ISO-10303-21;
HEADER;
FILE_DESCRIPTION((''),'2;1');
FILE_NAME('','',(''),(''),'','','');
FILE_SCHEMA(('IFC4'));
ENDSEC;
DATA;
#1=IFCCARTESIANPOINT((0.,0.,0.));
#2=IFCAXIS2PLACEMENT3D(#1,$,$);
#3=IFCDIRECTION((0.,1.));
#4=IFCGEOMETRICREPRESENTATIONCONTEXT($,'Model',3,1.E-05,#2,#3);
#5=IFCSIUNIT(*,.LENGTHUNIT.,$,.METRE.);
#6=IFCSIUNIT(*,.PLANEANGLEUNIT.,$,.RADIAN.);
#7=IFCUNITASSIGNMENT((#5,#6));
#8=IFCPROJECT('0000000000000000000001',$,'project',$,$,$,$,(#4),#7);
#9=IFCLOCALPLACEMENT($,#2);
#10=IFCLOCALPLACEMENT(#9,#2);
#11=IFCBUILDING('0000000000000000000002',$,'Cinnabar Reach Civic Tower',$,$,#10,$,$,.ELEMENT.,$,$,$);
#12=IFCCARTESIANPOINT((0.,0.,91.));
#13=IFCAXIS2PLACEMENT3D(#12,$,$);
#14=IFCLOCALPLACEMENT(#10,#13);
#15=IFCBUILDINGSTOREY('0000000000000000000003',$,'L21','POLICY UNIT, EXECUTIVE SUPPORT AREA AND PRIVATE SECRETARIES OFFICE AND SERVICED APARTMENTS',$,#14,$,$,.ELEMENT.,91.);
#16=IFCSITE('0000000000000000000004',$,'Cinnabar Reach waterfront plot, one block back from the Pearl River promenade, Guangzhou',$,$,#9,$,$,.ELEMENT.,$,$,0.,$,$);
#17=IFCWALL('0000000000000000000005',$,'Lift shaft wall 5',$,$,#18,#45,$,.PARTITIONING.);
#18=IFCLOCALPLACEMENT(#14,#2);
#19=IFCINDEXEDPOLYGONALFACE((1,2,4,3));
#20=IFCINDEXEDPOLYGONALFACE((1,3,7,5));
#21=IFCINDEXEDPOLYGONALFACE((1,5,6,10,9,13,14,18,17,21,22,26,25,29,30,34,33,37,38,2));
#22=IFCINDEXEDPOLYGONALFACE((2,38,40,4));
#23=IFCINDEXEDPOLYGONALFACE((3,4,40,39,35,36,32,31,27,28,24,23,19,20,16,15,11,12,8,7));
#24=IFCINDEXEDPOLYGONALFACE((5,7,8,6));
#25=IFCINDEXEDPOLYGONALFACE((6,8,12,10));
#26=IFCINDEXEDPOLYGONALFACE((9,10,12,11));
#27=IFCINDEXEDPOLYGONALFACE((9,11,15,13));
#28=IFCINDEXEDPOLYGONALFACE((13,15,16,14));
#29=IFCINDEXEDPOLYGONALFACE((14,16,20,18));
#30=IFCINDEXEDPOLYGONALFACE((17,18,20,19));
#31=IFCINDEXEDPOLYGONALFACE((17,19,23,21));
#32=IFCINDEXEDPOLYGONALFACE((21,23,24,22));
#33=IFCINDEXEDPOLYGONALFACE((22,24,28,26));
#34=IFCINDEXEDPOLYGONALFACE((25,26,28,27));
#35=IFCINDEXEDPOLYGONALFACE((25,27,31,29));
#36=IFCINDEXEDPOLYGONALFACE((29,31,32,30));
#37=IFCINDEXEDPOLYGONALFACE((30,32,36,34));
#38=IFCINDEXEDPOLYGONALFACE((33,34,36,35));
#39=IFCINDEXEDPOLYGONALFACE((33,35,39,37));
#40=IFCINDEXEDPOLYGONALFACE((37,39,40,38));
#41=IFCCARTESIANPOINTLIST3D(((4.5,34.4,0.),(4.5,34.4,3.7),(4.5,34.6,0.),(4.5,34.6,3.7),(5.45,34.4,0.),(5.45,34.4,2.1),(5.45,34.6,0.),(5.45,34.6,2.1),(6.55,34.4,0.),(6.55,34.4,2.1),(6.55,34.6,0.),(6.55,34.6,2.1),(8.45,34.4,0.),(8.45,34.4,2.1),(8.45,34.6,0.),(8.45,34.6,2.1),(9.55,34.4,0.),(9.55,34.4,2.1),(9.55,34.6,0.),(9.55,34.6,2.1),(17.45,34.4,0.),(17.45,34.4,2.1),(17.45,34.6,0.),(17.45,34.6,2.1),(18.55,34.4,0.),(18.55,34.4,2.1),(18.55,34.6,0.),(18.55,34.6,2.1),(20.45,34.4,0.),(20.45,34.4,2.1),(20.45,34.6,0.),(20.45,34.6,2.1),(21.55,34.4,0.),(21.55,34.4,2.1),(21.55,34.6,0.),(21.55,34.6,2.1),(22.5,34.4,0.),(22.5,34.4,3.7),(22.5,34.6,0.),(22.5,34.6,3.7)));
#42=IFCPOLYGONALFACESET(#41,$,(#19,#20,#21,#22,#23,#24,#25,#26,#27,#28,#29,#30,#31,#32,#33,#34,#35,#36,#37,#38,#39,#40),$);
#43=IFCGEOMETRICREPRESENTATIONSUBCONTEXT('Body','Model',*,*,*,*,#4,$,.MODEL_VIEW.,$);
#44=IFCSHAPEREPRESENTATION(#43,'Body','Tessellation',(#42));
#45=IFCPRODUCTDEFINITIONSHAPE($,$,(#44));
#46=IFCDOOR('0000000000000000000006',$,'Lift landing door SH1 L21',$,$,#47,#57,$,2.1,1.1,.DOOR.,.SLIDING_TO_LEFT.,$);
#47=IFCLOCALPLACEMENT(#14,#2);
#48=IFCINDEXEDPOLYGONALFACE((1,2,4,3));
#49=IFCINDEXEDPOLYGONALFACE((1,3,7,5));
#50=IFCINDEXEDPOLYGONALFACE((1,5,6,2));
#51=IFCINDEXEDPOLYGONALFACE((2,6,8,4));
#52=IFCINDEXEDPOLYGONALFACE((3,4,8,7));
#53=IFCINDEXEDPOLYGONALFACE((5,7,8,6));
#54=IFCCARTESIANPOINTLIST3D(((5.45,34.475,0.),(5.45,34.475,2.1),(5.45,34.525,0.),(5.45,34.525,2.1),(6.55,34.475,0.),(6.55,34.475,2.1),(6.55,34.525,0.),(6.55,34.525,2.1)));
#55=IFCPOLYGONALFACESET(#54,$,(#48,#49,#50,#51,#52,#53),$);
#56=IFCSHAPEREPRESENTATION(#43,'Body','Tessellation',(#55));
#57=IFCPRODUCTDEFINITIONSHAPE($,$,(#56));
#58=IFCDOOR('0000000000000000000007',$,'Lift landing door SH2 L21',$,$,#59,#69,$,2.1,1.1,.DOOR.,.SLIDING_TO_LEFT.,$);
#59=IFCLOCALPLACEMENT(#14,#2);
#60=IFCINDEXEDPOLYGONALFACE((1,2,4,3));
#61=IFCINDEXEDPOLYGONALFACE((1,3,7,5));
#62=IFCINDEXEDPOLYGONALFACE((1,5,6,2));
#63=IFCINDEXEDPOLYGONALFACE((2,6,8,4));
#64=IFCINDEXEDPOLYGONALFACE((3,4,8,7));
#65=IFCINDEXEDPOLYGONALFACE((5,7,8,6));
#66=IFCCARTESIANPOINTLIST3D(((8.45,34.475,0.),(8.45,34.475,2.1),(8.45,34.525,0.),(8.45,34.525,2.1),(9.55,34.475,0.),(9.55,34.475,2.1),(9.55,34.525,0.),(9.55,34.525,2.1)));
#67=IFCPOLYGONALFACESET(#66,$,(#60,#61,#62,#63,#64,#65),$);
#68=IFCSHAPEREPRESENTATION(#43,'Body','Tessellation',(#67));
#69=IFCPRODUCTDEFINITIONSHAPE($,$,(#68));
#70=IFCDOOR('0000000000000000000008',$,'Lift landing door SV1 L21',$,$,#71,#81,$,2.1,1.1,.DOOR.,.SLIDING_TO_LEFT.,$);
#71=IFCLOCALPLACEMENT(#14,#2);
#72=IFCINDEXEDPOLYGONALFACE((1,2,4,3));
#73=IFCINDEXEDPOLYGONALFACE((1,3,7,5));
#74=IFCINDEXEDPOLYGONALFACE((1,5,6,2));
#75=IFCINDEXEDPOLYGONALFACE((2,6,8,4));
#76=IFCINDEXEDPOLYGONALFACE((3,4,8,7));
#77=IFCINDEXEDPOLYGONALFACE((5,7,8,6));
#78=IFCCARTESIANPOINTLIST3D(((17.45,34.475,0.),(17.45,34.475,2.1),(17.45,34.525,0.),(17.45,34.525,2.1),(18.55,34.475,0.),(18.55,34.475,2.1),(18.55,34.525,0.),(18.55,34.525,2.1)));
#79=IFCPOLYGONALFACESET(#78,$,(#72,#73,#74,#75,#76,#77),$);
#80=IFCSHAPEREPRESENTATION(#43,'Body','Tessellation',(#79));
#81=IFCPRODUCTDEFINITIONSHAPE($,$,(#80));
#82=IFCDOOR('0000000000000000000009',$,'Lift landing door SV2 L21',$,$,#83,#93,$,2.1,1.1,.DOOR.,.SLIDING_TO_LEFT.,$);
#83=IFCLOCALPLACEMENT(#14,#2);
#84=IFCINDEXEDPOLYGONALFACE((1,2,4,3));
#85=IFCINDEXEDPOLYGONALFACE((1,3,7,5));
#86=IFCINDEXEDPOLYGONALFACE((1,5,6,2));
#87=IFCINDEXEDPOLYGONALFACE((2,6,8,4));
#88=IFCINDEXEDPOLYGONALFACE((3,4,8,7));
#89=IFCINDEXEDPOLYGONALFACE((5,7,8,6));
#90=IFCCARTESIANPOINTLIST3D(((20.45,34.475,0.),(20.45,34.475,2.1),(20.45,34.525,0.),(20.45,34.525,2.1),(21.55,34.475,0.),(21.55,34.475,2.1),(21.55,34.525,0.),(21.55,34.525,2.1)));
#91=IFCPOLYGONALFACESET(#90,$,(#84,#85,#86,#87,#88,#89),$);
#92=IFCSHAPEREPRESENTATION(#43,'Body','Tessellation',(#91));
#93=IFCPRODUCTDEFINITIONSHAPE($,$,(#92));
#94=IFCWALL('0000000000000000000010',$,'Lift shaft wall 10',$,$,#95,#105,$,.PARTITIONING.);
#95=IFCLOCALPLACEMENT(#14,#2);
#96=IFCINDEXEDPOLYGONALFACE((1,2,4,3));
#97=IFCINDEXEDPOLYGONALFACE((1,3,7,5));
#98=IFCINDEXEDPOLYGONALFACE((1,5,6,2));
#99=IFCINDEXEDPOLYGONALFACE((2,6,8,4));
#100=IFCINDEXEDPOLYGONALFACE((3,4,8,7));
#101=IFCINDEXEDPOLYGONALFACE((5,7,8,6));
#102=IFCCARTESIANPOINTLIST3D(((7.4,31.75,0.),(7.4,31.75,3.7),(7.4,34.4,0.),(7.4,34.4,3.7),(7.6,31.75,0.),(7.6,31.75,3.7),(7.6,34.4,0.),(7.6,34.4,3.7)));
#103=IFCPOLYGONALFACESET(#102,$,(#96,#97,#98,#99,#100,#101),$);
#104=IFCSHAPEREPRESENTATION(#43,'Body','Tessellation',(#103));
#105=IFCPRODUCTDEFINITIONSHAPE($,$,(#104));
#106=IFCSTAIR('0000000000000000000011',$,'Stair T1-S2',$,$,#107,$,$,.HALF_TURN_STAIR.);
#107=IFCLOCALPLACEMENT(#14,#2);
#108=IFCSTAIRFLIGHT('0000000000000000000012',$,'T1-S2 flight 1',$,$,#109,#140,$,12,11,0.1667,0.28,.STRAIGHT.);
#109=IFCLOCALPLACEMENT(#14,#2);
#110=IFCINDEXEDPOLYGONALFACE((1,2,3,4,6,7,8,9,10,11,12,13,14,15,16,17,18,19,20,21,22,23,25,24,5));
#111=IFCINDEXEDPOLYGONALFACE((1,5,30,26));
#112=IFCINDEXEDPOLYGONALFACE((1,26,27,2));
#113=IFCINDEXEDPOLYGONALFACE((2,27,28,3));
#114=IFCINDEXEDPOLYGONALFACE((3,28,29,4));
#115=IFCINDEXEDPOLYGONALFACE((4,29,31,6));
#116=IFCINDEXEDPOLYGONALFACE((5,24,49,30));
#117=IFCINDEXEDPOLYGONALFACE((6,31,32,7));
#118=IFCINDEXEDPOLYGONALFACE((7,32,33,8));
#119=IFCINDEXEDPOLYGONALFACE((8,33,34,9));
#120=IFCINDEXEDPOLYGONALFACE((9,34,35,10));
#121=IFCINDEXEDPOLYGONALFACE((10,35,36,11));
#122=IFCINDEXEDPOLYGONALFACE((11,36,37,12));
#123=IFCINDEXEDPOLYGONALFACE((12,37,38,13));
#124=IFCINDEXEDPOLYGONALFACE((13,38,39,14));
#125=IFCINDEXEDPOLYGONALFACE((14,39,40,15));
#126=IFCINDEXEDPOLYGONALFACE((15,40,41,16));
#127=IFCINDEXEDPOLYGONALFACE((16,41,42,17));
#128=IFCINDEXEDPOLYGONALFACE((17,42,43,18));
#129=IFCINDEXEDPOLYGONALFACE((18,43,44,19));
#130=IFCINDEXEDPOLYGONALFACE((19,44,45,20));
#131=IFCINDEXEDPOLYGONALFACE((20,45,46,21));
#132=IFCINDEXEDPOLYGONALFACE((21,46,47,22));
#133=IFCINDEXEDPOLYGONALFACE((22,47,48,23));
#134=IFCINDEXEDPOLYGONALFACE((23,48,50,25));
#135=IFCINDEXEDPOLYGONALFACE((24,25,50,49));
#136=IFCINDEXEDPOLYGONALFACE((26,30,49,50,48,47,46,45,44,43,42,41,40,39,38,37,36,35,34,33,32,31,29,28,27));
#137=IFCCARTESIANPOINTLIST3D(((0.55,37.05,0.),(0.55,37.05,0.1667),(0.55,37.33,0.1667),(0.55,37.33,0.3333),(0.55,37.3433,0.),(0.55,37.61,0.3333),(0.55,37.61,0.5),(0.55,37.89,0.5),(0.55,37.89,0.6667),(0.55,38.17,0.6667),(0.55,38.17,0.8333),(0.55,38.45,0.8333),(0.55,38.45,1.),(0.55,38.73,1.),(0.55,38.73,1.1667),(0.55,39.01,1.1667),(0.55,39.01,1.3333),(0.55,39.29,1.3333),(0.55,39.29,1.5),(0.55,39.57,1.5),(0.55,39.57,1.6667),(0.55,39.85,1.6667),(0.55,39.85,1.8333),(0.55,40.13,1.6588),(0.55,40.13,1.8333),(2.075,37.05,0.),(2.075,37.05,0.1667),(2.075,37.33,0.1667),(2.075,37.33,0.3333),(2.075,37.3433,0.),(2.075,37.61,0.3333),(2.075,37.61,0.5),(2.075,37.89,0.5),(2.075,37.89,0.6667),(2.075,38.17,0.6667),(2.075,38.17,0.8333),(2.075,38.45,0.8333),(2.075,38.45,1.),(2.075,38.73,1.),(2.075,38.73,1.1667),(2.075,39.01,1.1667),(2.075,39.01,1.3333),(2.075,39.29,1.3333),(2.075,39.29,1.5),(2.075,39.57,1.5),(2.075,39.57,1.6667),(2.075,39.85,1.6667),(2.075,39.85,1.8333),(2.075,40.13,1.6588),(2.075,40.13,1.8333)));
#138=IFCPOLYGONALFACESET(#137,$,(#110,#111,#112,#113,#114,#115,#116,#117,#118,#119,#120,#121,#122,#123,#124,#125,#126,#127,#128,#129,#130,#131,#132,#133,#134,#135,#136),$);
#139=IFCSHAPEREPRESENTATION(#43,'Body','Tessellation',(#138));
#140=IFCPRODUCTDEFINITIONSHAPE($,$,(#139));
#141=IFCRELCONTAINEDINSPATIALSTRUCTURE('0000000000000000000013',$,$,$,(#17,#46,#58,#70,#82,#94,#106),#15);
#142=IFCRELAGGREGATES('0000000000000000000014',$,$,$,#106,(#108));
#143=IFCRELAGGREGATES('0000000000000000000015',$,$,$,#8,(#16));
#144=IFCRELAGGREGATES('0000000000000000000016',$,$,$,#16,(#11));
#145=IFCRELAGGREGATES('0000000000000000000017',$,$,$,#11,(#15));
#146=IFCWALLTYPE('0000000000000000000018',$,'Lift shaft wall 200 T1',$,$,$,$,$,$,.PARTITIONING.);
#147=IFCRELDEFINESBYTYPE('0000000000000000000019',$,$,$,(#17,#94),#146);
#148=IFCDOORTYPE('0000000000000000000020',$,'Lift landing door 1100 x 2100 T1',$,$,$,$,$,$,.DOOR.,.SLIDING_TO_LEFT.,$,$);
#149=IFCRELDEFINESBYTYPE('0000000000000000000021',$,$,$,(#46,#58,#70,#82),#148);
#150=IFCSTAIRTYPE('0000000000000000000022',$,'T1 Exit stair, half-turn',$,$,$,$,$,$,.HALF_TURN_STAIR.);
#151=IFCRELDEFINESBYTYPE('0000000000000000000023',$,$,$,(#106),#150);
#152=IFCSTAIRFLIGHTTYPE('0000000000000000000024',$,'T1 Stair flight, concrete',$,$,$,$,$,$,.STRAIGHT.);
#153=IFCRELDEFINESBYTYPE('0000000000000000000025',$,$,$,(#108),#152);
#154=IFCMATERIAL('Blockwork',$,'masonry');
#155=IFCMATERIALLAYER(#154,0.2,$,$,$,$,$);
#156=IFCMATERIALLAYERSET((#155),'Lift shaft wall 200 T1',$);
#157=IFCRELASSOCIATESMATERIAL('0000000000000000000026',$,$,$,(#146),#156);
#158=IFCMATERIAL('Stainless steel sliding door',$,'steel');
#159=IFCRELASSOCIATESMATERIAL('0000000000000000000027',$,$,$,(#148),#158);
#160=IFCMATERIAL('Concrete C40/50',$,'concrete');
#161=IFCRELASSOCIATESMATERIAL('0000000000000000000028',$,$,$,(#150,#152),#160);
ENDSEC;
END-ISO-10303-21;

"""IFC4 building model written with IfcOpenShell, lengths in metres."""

from ifc_helpers import new_model, si_unit, direction, frame, frame_2d, origin, place, context, subcontext, project, spatial, polyline, rectangle, outline, extrude, material, layer, layer_set, type_object, element, fill, aggregate, save


model = new_model("IFC4")

# Units and contexts
model_context = context("Model", 3, precision=1e-05, world=origin(), true_north=direction((0.0, 1.0)))
body_context = subcontext(model_context, "Body", "Model", "MODEL_VIEW")
ifc_project = project(units=[si_unit("LENGTHUNIT", "METRE"), si_unit("PLANEANGLEUNIT", "RADIAN")], contexts=[model_context])

# Site, building, storey
site_placement = place(None, origin())
site = spatial("IfcSite", under=ifc_project, at=site_placement, Name="Cinnabar Reach waterfront plot, one block back from the Pearl River promenade, Guangzhou", CompositionType="ELEMENT", RefElevation=0.0)
building_placement = place(site_placement, origin())
building = spatial("IfcBuilding", under=site, at=building_placement, Name="Cinnabar Reach Civic Tower", CompositionType="ELEMENT")
storey_placement = place(building_placement, frame((0.0, 0.0, 91.0)))
storey = spatial("IfcBuildingStorey", under=building, at=storey_placement, Name="L21", Description="POLICY UNIT, EXECUTIVE SUPPORT AREA AND PRIVATE SECRETARIES OFFICE AND SERVICED APARTMENTS", CompositionType="ELEMENT", Elevation=91.0)

# Wall, openings, doors
ifc_material_1 = material(Name="Blockwork", Category="masonry")
ifc_layer_1 = layer(ifc_material_1, 0.2)
ifc_layer_set_1 = layer_set([ifc_layer_1], Name="Lift shaft wall 200 T1")
wall_type_1 = type_object("IfcWallType", Name="Lift shaft wall 200 T1", PredefinedType="PARTITIONING", material=ifc_layer_set_1)
wall_1_placement = place(storey_placement, frame((4.5, 34.5, 0.0), z_axis=(0.0, 0.0, 1.0), x_axis=(1.0, 0.0, 0.0)))
wall_1 = element("IfcWall", 1, at=wall_1_placement, inside=storey, type_object=wall_type_1, Name="Lift shaft wall 5", PredefinedType="PARTITIONING", context=body_context, shape_type="SweptSolid", body=[
    extrude(rectangle(XDim=18.0, YDim=0.2, at=frame_2d((9.0, 0.0))), origin(), (0.0, 0.0, 1.0), 3.7),
])
opening_1_placement = place(wall_1_placement, frame((0.95, 0.0, 0.0)))
opening_1 = element("IfcOpeningElement", 2, at=opening_1_placement, cuts=wall_1, PredefinedType="OPENING", context=body_context, shape_type="SweptSolid", body=[
    extrude(rectangle(XDim=1.1, YDim=2.1, at=frame_2d((0.55, 1.05))), frame((0.0, 0.11, 0.0), z_axis=(0.0, -1.0, 0.0), x_axis=(1.0, 0.0, 0.0)), (0.0, 0.0, 1.0), 0.22),
])
opening_2_placement = place(wall_1_placement, frame((3.95, 0.0, 0.0)))
opening_2 = element("IfcOpeningElement", 3, at=opening_2_placement, cuts=wall_1, PredefinedType="OPENING", context=body_context, shape_type="SweptSolid", body=[
    extrude(rectangle(XDim=1.1, YDim=2.1, at=frame_2d((0.55, 1.05))), frame((0.0, 0.11, 0.0), z_axis=(0.0, -1.0, 0.0), x_axis=(1.0, 0.0, 0.0)), (0.0, 0.0, 1.0), 0.22),
])
opening_3_placement = place(wall_1_placement, frame((12.95, 0.0, 0.0)))
opening_3 = element("IfcOpeningElement", 4, at=opening_3_placement, cuts=wall_1, PredefinedType="OPENING", context=body_context, shape_type="SweptSolid", body=[
    extrude(rectangle(XDim=1.1, YDim=2.1, at=frame_2d((0.55, 1.05))), frame((0.0, 0.11, 0.0), z_axis=(0.0, -1.0, 0.0), x_axis=(1.0, 0.0, 0.0)), (0.0, 0.0, 1.0), 0.22),
])
opening_4_placement = place(wall_1_placement, frame((15.95, 0.0, 0.0)))
opening_4 = element("IfcOpeningElement", 5, at=opening_4_placement, cuts=wall_1, PredefinedType="OPENING", context=body_context, shape_type="SweptSolid", body=[
    extrude(rectangle(XDim=1.1, YDim=2.1, at=frame_2d((0.55, 1.05))), frame((0.0, 0.11, 0.0), z_axis=(0.0, -1.0, 0.0), x_axis=(1.0, 0.0, 0.0)), (0.0, 0.0, 1.0), 0.22),
])
ifc_material_2 = material(Name="Stainless steel sliding door", Category="steel")
door_type_1 = type_object("IfcDoorType", Name="Lift landing door 1100 x 2100 T1", OperationType="SLIDING_TO_LEFT", PredefinedType="DOOR", material=ifc_material_2)
door_1_placement = place(opening_1_placement, origin())
door_1 = element("IfcDoor", 6, at=door_1_placement, inside=storey, type_object=door_type_1, Name="Lift landing door SH1 L21", OperationType="SLIDING_TO_LEFT", OverallHeight=2.1, OverallWidth=1.1, PredefinedType="DOOR", context=body_context, shape_type="SweptSolid", body=[
    extrude(rectangle(XDim=1.1, YDim=2.1, at=frame_2d((0.55, 1.05))), frame((0.0, 0.025, 0.0), z_axis=(0.0, -1.0, 0.0), x_axis=(1.0, 0.0, 0.0)), (0.0, 0.0, 1.0), 0.05),
])
fill(opening_1, door_1)
door_2_placement = place(opening_2_placement, origin())
door_2 = element("IfcDoor", 7, at=door_2_placement, inside=storey, type_object=door_type_1, Name="Lift landing door SH2 L21", OperationType="SLIDING_TO_LEFT", OverallHeight=2.1, OverallWidth=1.1, PredefinedType="DOOR", context=body_context, shape_type="SweptSolid", body=[
    extrude(rectangle(XDim=1.1, YDim=2.1, at=frame_2d((0.55, 1.05))), frame((0.0, 0.025, 0.0), z_axis=(0.0, -1.0, 0.0), x_axis=(1.0, 0.0, 0.0)), (0.0, 0.0, 1.0), 0.05),
])
fill(opening_2, door_2)
door_3_placement = place(opening_3_placement, origin())
door_3 = element("IfcDoor", 8, at=door_3_placement, inside=storey, type_object=door_type_1, Name="Lift landing door SV1 L21", OperationType="SLIDING_TO_LEFT", OverallHeight=2.1, OverallWidth=1.1, PredefinedType="DOOR", context=body_context, shape_type="SweptSolid", body=[
    extrude(rectangle(XDim=1.1, YDim=2.1, at=frame_2d((0.55, 1.05))), frame((0.0, 0.025, 0.0), z_axis=(0.0, -1.0, 0.0), x_axis=(1.0, 0.0, 0.0)), (0.0, 0.0, 1.0), 0.05),
])
fill(opening_3, door_3)
door_4_placement = place(opening_4_placement, origin())
door_4 = element("IfcDoor", 9, at=door_4_placement, inside=storey, type_object=door_type_1, Name="Lift landing door SV2 L21", OperationType="SLIDING_TO_LEFT", OverallHeight=2.1, OverallWidth=1.1, PredefinedType="DOOR", context=body_context, shape_type="SweptSolid", body=[
    extrude(rectangle(XDim=1.1, YDim=2.1, at=frame_2d((0.55, 1.05))), frame((0.0, 0.025, 0.0), z_axis=(0.0, -1.0, 0.0), x_axis=(1.0, 0.0, 0.0)), (0.0, 0.0, 1.0), 0.05),
])
fill(opening_4, door_4)

# Wall
wall_2_placement = place(storey_placement, frame((7.5, 31.75, 0.0), z_axis=(0.0, 0.0, 1.0), x_axis=(0.0, 1.0, 0.0)))
element("IfcWall", 10, at=wall_2_placement, inside=storey, type_object=wall_type_1, Name="Lift shaft wall 10", PredefinedType="PARTITIONING", context=body_context, shape_type="SweptSolid", body=[
    extrude(rectangle(XDim=2.65, YDim=0.2, at=frame_2d((1.325, 0.0))), origin(), (0.0, 0.0, 1.0), 3.7),
])

# Stair, stair flight
ifc_material_3 = material(Name="Concrete C40/50", Category="concrete")
stair_type = type_object("IfcStairType", Name="T1 Exit stair, half-turn", PredefinedType="HALF_TURN_STAIR", material=ifc_material_3)
stair_placement = place(storey_placement, origin())
stair = element("IfcStair", 11, at=stair_placement, inside=storey, type_object=stair_type, Name="Stair T1-S2", PredefinedType="HALF_TURN_STAIR")
stair_flight_type = type_object("IfcStairFlightType", Name="T1 Stair flight, concrete", PredefinedType="STRAIGHT", material=ifc_material_3)
stair_flight_placement = place(storey_placement, frame((1.3125, 37.05, 0.0), z_axis=(0.0, 0.0, 1.0), x_axis=(0.0, 1.0, 0.0)))
stair_flight = element("IfcStairFlight", 12, at=stair_flight_placement, type_object=stair_flight_type, Name="T1-S2 flight 1", NumberOfRisers=12, NumberOfTreads=11, PredefinedType="STRAIGHT", RiserHeight=0.1667, TreadLength=0.28, context=body_context, shape_type="SweptSolid", body=[
    extrude(outline(polyline([(0.0, 0.0), (0.0, 0.1667), (0.28, 0.1667), (0.28, 0.3333), (0.56, 0.3333), (0.56, 0.5), (0.84, 0.5), (0.84, 0.6667), (1.12, 0.6667), (1.12, 0.8333), (1.4, 0.8333), (1.4, 1.0), (1.68, 1.0), (1.68, 1.1667), (1.96, 1.1667), (1.96, 1.3333), (2.24, 1.3333), (2.24, 1.5), (2.52, 1.5), (2.52, 1.6667), (2.8, 1.6667), (2.8, 1.8333), (3.08, 1.8333), (3.08, 2.0), (3.08, 1.6588), (0.2933, 0.0), (0.0, 0.0)])), frame((0.0, 0.7625, 0.0), z_axis=(0.0, -1.0, 0.0), x_axis=(1.0, 0.0, 0.0)), (0.0, 0.0, 1.0), 1.525),
])
aggregate(stair, [stair_flight])

save(model, "model.ifc")
